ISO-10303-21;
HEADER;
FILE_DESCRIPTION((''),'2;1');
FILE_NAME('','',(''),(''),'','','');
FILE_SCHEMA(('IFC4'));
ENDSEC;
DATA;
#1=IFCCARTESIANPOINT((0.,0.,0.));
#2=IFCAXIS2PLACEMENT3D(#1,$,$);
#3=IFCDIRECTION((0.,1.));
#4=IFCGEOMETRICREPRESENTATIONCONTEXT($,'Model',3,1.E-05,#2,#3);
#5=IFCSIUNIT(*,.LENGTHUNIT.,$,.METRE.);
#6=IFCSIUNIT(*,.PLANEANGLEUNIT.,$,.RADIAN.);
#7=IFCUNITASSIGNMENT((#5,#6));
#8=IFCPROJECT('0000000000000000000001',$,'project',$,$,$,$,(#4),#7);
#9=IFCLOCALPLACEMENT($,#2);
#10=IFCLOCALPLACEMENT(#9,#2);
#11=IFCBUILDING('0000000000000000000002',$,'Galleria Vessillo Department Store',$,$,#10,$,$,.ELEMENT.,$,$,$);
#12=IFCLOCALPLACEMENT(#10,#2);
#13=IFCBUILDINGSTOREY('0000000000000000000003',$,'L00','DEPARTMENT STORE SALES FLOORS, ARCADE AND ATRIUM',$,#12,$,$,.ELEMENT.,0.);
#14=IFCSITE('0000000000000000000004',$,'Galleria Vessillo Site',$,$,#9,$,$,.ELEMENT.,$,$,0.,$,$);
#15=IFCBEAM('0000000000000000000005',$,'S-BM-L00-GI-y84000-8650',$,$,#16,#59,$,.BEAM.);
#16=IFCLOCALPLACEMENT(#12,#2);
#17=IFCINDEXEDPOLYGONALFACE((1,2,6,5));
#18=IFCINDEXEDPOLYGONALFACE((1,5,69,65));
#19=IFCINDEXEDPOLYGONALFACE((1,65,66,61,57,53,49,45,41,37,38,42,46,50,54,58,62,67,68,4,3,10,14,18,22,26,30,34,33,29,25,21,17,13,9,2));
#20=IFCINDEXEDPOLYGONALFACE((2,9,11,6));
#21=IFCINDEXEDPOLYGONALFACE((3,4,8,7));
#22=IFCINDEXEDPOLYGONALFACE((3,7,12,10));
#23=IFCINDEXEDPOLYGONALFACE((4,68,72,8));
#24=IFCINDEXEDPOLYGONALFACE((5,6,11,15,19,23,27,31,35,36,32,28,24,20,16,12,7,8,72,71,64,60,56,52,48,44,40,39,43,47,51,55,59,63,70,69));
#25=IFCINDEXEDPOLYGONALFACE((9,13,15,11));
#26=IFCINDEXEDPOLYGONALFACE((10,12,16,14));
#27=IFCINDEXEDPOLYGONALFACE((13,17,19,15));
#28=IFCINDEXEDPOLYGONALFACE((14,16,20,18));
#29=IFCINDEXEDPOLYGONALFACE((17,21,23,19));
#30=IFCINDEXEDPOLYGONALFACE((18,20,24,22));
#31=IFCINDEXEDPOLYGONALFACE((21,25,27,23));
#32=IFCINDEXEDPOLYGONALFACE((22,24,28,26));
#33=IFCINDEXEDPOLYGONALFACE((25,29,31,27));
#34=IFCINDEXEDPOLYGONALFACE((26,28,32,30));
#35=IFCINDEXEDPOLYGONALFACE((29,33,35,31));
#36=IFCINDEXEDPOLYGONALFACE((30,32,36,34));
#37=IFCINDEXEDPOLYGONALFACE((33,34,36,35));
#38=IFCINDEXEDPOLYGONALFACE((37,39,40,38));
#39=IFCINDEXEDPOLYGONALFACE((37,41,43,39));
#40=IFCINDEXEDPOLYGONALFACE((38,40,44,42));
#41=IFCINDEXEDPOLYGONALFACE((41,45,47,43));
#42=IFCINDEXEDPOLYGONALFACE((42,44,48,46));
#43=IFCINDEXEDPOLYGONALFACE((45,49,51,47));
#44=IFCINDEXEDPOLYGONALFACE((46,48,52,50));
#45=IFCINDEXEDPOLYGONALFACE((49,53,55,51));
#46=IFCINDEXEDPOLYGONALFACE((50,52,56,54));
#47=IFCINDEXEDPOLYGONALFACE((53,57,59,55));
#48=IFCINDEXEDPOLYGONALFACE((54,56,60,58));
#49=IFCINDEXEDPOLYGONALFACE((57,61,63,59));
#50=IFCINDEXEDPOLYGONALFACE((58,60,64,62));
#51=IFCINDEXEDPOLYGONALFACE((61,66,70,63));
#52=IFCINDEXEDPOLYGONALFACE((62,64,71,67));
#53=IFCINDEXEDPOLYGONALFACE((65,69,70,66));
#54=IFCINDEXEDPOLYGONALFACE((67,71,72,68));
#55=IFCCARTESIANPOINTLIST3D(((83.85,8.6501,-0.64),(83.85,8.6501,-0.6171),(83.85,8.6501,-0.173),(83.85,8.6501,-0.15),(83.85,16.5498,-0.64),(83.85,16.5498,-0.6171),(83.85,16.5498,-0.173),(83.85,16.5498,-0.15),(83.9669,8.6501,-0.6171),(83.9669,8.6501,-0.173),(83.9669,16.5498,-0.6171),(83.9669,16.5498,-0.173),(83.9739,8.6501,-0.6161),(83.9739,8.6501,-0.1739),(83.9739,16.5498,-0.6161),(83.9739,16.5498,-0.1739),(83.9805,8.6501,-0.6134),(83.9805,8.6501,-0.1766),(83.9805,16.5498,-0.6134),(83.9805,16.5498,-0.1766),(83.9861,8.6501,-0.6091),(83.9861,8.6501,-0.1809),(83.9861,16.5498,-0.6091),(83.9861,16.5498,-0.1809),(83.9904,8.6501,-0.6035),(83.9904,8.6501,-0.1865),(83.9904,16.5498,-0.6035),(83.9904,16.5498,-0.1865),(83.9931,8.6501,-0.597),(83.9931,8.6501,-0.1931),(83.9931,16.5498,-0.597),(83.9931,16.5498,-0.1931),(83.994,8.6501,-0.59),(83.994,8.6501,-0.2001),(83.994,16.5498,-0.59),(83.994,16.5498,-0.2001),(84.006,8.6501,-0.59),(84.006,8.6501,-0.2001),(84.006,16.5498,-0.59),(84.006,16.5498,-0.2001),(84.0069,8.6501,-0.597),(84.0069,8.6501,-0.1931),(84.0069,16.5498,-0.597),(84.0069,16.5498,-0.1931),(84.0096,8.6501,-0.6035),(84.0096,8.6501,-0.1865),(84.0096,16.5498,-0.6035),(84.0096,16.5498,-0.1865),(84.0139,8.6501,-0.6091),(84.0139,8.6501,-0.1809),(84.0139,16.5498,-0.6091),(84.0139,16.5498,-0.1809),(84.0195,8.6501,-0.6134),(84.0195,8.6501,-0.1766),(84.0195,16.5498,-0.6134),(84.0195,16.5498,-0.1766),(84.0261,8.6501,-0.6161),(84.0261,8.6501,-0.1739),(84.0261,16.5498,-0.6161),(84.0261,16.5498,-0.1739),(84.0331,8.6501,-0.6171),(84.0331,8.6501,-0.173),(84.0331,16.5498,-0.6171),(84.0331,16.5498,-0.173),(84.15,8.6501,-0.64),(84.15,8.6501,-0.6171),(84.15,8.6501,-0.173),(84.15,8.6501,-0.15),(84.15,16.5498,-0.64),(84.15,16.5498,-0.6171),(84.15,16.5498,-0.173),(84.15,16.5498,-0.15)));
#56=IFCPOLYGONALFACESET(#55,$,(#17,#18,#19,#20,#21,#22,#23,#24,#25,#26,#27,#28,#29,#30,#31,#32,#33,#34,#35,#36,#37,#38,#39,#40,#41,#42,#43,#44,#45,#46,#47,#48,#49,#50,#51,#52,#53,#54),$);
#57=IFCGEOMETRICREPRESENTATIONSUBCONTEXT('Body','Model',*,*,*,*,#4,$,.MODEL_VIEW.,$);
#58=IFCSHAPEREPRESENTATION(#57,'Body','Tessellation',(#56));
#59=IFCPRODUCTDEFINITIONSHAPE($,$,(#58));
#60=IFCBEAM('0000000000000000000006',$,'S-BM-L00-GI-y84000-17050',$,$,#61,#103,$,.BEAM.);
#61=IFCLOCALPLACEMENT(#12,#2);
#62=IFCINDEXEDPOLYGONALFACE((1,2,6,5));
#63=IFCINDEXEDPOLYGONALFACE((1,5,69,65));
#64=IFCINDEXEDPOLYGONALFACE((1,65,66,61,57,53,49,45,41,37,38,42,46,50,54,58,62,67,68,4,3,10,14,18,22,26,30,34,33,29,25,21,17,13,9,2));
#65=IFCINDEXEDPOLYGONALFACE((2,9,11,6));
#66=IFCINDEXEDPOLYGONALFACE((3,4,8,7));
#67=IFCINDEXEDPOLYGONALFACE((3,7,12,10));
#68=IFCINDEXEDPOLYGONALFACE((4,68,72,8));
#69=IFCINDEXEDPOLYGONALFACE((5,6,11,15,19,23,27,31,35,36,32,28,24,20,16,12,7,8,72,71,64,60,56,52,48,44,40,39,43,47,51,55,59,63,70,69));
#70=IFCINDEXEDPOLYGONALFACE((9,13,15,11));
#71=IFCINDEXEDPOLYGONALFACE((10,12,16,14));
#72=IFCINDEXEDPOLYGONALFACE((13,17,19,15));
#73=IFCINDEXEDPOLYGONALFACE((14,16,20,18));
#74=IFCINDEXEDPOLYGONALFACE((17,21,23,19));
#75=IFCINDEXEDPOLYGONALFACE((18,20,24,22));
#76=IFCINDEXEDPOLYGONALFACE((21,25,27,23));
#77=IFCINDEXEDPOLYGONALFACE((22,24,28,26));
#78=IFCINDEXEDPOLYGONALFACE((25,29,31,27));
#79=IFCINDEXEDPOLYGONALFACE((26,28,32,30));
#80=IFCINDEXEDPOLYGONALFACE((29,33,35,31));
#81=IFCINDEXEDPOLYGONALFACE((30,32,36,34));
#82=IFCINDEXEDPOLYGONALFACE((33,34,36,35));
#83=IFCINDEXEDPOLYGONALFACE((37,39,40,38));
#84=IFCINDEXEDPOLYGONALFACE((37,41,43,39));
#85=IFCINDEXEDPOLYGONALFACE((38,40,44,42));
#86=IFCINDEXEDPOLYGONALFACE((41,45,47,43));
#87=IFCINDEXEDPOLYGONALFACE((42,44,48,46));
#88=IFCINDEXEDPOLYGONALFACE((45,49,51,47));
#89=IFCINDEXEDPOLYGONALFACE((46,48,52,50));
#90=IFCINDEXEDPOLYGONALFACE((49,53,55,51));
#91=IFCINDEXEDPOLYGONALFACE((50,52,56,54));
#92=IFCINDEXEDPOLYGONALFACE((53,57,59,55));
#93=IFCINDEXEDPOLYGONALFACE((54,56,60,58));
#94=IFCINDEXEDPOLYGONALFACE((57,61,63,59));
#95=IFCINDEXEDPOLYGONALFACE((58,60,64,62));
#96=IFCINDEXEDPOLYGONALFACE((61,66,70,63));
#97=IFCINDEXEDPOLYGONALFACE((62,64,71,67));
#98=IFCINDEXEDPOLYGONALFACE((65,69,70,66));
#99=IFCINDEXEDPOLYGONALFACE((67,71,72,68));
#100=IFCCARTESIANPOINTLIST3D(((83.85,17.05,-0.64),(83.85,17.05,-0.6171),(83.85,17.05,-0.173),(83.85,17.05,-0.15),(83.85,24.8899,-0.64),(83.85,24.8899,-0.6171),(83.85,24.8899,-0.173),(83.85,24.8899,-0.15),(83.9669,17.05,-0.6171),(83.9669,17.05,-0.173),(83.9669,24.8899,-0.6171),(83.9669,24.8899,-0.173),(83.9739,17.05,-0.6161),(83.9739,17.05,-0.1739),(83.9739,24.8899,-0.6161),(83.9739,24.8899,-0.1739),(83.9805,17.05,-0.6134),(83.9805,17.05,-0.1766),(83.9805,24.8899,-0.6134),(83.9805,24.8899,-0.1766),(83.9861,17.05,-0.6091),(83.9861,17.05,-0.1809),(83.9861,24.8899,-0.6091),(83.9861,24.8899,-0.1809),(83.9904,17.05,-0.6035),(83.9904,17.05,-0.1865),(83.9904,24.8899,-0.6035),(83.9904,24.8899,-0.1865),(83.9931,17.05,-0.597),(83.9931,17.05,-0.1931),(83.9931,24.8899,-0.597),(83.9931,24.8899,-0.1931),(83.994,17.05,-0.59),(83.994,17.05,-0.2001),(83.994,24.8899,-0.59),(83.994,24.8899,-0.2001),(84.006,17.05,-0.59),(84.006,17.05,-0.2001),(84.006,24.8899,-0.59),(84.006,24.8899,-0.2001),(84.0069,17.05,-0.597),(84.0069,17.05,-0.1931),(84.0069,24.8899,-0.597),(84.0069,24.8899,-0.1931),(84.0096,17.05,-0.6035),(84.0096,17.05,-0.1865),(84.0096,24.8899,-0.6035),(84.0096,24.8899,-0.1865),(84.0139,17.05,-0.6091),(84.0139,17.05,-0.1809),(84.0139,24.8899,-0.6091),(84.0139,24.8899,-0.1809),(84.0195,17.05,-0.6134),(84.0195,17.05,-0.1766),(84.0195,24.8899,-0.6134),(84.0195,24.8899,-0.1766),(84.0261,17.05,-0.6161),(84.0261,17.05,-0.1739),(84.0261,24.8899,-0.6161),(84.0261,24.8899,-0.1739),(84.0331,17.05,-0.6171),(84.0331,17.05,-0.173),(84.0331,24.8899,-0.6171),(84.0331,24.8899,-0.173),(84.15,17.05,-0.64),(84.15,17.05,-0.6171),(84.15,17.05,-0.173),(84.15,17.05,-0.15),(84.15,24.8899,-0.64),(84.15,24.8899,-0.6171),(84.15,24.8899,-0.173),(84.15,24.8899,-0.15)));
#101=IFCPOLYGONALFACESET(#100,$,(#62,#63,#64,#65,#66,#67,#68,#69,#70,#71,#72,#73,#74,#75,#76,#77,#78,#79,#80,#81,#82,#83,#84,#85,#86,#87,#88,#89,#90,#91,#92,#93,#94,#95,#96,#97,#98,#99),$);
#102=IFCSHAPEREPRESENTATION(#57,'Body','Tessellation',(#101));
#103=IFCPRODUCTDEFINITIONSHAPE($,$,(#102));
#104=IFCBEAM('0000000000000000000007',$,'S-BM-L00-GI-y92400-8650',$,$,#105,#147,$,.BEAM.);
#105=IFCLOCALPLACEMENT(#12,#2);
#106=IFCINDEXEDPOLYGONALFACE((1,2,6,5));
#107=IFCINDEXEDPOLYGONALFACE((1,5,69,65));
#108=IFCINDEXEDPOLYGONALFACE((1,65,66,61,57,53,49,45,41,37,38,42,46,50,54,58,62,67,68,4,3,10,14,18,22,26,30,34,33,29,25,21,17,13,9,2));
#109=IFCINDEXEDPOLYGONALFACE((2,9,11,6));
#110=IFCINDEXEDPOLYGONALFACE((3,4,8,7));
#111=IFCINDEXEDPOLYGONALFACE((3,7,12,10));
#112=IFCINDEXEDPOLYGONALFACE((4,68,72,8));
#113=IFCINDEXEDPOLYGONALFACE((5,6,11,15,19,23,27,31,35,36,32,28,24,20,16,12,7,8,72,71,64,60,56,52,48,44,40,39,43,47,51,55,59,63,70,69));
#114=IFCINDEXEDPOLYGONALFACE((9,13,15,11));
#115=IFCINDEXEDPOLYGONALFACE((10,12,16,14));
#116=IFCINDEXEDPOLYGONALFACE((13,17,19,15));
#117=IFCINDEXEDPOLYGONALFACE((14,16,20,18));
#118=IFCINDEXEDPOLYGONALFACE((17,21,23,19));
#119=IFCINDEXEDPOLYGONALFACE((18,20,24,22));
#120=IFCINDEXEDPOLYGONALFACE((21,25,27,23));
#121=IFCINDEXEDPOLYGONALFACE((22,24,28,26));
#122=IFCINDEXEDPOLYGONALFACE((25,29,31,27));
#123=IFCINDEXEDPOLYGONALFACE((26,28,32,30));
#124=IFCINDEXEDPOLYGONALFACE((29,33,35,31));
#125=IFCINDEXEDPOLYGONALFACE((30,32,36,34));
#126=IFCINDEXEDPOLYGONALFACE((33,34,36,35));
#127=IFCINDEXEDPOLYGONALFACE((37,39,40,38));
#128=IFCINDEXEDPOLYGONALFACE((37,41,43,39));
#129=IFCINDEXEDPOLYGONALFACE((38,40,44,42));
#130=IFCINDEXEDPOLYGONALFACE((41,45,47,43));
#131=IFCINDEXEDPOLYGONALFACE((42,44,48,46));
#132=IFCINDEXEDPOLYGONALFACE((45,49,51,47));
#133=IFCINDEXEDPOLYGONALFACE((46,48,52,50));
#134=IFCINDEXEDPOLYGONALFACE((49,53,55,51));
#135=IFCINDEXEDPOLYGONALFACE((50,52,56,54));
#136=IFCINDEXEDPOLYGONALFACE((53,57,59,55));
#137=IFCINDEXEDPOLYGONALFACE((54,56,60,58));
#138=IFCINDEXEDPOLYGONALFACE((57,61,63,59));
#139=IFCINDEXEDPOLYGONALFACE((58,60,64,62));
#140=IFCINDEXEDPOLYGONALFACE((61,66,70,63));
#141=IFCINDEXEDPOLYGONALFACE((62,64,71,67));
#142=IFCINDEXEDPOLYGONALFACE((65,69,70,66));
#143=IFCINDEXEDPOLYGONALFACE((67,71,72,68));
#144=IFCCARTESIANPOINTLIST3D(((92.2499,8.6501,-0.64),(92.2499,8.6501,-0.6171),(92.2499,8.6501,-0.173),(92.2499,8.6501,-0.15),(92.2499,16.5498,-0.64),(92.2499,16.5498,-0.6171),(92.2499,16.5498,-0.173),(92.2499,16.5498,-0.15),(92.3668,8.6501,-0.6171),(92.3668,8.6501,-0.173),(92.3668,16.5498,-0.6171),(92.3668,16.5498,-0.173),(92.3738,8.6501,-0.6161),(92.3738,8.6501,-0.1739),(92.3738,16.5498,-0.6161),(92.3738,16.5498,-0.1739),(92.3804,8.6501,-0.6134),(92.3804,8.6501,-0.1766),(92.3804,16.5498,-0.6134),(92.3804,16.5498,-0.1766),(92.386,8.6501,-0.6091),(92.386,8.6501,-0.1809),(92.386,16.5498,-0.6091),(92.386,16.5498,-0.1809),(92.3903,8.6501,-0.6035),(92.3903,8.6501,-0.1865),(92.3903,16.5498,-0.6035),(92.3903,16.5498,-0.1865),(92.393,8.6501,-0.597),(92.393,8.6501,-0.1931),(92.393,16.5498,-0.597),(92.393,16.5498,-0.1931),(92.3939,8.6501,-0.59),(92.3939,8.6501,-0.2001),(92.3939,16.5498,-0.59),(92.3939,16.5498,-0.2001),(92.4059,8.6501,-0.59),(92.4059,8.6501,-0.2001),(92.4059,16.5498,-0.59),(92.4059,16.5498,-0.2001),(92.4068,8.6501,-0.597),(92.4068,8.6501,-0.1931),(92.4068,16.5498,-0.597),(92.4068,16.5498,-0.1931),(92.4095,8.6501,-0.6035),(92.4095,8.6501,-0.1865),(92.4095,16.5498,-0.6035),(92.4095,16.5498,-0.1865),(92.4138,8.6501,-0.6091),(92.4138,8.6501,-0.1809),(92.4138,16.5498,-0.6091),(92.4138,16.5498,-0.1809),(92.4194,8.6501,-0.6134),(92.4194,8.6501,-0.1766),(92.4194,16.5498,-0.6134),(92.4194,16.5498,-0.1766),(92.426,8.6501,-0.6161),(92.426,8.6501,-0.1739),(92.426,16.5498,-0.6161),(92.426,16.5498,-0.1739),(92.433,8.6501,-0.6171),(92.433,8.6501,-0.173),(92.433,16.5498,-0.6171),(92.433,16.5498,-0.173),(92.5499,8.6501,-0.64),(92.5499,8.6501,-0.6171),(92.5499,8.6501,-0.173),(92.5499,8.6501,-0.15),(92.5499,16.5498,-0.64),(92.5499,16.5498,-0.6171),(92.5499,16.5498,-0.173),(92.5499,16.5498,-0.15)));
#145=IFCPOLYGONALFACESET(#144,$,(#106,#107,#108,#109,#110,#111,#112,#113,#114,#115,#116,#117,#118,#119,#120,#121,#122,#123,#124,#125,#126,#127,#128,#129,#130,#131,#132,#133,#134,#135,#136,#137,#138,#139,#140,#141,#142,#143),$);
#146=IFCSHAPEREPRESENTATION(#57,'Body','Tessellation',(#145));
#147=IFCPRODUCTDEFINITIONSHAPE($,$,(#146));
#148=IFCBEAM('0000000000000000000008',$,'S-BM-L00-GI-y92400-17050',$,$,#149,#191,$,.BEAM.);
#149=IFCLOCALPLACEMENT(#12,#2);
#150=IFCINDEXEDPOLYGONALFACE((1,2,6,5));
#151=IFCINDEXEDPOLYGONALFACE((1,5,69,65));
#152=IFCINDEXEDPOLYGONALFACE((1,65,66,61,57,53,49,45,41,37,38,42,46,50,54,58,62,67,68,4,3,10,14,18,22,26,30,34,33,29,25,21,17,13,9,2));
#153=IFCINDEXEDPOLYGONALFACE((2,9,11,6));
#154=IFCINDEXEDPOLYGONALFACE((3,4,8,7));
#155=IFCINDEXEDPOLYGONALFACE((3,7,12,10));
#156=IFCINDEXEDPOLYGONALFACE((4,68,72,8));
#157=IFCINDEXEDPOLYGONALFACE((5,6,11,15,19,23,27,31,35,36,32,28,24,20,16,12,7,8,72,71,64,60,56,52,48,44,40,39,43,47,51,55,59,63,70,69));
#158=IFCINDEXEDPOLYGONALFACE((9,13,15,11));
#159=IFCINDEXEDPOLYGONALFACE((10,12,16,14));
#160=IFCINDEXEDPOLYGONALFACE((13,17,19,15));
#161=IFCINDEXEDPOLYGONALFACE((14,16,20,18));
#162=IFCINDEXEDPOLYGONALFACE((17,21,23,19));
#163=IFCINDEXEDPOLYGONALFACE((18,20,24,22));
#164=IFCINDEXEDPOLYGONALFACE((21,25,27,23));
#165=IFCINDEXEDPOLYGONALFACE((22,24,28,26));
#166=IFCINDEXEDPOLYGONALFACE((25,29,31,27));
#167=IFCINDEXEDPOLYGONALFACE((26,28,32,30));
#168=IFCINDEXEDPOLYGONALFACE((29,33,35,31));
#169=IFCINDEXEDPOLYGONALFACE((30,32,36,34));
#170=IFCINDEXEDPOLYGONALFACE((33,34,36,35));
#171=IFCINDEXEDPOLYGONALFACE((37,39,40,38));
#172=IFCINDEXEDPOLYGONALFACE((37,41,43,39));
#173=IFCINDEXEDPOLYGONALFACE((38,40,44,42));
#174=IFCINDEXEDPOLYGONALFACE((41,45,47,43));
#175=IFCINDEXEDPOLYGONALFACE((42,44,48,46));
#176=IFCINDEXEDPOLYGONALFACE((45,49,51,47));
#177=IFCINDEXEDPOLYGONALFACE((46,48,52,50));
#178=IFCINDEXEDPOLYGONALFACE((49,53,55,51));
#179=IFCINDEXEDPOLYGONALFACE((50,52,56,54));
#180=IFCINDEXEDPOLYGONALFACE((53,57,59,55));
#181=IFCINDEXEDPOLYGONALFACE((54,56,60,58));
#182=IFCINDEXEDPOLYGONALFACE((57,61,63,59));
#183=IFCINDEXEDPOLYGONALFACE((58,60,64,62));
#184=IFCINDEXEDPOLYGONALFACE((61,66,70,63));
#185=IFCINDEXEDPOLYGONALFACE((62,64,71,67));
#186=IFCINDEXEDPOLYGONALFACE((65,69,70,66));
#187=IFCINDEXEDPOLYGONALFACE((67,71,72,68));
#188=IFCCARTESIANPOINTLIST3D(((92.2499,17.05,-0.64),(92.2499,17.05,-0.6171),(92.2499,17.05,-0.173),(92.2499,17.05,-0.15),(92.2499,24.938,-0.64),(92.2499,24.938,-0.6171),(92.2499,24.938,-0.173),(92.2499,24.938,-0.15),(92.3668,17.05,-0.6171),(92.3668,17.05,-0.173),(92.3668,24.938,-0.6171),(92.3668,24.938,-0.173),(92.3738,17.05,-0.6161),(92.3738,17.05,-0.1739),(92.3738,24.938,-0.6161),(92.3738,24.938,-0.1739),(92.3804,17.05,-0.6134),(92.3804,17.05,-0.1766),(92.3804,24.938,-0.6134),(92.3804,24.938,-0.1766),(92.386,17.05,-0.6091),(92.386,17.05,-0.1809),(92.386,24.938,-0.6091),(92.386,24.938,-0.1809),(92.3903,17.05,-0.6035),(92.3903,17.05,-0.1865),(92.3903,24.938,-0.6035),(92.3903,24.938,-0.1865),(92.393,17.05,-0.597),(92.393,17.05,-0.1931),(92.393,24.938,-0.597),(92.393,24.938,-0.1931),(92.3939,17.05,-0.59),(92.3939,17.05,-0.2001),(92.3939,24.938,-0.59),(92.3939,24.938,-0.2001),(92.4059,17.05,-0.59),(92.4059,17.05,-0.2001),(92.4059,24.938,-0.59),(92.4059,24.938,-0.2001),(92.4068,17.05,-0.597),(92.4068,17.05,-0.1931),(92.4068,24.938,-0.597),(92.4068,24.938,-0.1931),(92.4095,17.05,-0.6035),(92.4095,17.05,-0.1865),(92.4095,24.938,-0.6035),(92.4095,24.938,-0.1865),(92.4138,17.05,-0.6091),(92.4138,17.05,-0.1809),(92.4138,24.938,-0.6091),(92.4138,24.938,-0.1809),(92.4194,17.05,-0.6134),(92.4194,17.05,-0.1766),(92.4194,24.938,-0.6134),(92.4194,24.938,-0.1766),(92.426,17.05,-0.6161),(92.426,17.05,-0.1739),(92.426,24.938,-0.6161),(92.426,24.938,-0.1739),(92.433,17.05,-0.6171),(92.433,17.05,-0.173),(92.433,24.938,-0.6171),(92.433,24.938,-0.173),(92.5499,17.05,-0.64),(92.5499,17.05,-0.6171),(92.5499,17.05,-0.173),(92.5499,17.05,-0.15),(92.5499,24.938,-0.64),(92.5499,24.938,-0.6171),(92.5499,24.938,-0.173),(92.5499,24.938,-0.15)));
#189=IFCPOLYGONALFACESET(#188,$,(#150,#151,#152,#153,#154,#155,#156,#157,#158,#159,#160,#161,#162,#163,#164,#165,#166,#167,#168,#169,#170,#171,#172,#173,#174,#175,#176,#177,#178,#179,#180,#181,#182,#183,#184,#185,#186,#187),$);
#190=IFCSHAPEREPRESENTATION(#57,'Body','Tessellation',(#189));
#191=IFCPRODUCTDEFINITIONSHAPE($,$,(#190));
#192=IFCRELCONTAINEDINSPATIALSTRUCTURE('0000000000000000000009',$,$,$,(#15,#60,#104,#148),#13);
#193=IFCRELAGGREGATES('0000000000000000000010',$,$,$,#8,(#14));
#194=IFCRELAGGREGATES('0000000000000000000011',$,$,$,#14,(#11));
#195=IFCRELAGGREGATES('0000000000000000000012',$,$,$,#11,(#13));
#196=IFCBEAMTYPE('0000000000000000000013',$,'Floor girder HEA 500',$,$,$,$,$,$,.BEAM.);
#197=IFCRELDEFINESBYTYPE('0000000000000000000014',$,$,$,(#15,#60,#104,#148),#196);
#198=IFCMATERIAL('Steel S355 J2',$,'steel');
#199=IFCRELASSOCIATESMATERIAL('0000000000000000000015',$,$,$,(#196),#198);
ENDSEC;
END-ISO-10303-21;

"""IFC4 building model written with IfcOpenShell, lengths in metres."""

from ifc_helpers import new_model, si_unit, direction, frame, origin, origin_2d, place, context, subcontext, project, spatial, i_section, extrude, material, material_profile, profile_set, type_object, element, save


model = new_model("IFC4")

# Units and contexts
model_context = context("Model", 3, precision=1e-05, world=origin(), true_north=direction((0.0, 1.0)))
body_context = subcontext(model_context, "Body", "Model", "MODEL_VIEW")
ifc_project = project(units=[si_unit("LENGTHUNIT", "METRE"), si_unit("PLANEANGLEUNIT", "RADIAN")], contexts=[model_context])

# Site, building, storey
site_placement = place(None, origin())
site = spatial("IfcSite", under=ifc_project, at=site_placement, Name="Galleria Vessillo Site", CompositionType="ELEMENT", RefElevation=0.0)
building_placement = place(site_placement, origin())
building = spatial("IfcBuilding", under=site, at=building_placement, Name="Galleria Vessillo Department Store", CompositionType="ELEMENT")
storey_placement = place(building_placement, origin())
storey = spatial("IfcBuildingStorey", under=building, at=storey_placement, Name="L00", Description="DEPARTMENT STORE SALES FLOORS, ARCADE AND ATRIUM", CompositionType="ELEMENT", Elevation=0.0)

# Beams
ifc_material_1 = material(Name="Steel S355 J2", Category="steel")
ifc_material_profile_1 = material_profile(ifc_material_1, i_section(OverallWidth=0.3, OverallDepth=0.49, WebThickness=0.012, FlangeThickness=0.0229, FilletRadius=0.0271, at=origin_2d()), Name="HEA 500")
ifc_profile_set_1 = profile_set([ifc_material_profile_1], Name="Steel S355 J2")
beam_type_1 = type_object("IfcBeamType", Name="Floor girder HEA 500", PredefinedType="BEAM", material=ifc_profile_set_1)
beam_1_placement = place(storey_placement, frame((84.0, 8.6501, -0.395), z_axis=(0.0, 1.0, 0.0), x_axis=(-1.0, 0.0, 0.0)))
element("IfcBeam", 1, at=beam_1_placement, inside=storey, type_object=beam_type_1, Name="S-BM-L00-GI-y84000-8650", PredefinedType="BEAM", context=body_context, shape_type="SweptSolid", body=[
    extrude(i_section(OverallWidth=0.3, OverallDepth=0.49, WebThickness=0.012, FlangeThickness=0.0229, FilletRadius=0.0271, at=origin_2d()), origin(), (0.0, 0.0, 1.0), 7.8997),
])
beam_2_placement = place(storey_placement, frame((84.0, 17.05, -0.395), z_axis=(0.0, 1.0, 0.0), x_axis=(-1.0, 0.0, 0.0)))
element("IfcBeam", 2, at=beam_2_placement, inside=storey, type_object=beam_type_1, Name="S-BM-L00-GI-y84000-17050", PredefinedType="BEAM", context=body_context, shape_type="SweptSolid", body=[
    extrude(i_section(OverallWidth=0.3, OverallDepth=0.49, WebThickness=0.012, FlangeThickness=0.0229, FilletRadius=0.0271, at=origin_2d()), origin(), (0.0, 0.0, 1.0), 7.8398),
])
beam_3_placement = place(storey_placement, frame((92.3999, 8.6501, -0.395), z_axis=(0.0, 1.0, 0.0), x_axis=(-1.0, 0.0, 0.0)))
element("IfcBeam", 3, at=beam_3_placement, inside=storey, type_object=beam_type_1, Name="S-BM-L00-GI-y92400-8650", PredefinedType="BEAM", context=body_context, shape_type="SweptSolid", body=[
    extrude(i_section(OverallWidth=0.3, OverallDepth=0.49, WebThickness=0.012, FlangeThickness=0.0229, FilletRadius=0.0271, at=origin_2d()), origin(), (0.0, 0.0, 1.0), 7.8997),
])
beam_4_placement = place(storey_placement, frame((92.3999, 17.05, -0.395), z_axis=(0.0, 1.0, 0.0), x_axis=(-1.0, 0.0, 0.0)))
element("IfcBeam", 4, at=beam_4_placement, inside=storey, type_object=beam_type_1, Name="S-BM-L00-GI-y92400-17050", PredefinedType="BEAM", context=body_context, shape_type="SweptSolid", body=[
    extrude(i_section(OverallWidth=0.3, OverallDepth=0.49, WebThickness=0.012, FlangeThickness=0.0229, FilletRadius=0.0271, at=origin_2d()), origin(), (0.0, 0.0, 1.0), 7.8879),
])

save(model, "model.ifc")
